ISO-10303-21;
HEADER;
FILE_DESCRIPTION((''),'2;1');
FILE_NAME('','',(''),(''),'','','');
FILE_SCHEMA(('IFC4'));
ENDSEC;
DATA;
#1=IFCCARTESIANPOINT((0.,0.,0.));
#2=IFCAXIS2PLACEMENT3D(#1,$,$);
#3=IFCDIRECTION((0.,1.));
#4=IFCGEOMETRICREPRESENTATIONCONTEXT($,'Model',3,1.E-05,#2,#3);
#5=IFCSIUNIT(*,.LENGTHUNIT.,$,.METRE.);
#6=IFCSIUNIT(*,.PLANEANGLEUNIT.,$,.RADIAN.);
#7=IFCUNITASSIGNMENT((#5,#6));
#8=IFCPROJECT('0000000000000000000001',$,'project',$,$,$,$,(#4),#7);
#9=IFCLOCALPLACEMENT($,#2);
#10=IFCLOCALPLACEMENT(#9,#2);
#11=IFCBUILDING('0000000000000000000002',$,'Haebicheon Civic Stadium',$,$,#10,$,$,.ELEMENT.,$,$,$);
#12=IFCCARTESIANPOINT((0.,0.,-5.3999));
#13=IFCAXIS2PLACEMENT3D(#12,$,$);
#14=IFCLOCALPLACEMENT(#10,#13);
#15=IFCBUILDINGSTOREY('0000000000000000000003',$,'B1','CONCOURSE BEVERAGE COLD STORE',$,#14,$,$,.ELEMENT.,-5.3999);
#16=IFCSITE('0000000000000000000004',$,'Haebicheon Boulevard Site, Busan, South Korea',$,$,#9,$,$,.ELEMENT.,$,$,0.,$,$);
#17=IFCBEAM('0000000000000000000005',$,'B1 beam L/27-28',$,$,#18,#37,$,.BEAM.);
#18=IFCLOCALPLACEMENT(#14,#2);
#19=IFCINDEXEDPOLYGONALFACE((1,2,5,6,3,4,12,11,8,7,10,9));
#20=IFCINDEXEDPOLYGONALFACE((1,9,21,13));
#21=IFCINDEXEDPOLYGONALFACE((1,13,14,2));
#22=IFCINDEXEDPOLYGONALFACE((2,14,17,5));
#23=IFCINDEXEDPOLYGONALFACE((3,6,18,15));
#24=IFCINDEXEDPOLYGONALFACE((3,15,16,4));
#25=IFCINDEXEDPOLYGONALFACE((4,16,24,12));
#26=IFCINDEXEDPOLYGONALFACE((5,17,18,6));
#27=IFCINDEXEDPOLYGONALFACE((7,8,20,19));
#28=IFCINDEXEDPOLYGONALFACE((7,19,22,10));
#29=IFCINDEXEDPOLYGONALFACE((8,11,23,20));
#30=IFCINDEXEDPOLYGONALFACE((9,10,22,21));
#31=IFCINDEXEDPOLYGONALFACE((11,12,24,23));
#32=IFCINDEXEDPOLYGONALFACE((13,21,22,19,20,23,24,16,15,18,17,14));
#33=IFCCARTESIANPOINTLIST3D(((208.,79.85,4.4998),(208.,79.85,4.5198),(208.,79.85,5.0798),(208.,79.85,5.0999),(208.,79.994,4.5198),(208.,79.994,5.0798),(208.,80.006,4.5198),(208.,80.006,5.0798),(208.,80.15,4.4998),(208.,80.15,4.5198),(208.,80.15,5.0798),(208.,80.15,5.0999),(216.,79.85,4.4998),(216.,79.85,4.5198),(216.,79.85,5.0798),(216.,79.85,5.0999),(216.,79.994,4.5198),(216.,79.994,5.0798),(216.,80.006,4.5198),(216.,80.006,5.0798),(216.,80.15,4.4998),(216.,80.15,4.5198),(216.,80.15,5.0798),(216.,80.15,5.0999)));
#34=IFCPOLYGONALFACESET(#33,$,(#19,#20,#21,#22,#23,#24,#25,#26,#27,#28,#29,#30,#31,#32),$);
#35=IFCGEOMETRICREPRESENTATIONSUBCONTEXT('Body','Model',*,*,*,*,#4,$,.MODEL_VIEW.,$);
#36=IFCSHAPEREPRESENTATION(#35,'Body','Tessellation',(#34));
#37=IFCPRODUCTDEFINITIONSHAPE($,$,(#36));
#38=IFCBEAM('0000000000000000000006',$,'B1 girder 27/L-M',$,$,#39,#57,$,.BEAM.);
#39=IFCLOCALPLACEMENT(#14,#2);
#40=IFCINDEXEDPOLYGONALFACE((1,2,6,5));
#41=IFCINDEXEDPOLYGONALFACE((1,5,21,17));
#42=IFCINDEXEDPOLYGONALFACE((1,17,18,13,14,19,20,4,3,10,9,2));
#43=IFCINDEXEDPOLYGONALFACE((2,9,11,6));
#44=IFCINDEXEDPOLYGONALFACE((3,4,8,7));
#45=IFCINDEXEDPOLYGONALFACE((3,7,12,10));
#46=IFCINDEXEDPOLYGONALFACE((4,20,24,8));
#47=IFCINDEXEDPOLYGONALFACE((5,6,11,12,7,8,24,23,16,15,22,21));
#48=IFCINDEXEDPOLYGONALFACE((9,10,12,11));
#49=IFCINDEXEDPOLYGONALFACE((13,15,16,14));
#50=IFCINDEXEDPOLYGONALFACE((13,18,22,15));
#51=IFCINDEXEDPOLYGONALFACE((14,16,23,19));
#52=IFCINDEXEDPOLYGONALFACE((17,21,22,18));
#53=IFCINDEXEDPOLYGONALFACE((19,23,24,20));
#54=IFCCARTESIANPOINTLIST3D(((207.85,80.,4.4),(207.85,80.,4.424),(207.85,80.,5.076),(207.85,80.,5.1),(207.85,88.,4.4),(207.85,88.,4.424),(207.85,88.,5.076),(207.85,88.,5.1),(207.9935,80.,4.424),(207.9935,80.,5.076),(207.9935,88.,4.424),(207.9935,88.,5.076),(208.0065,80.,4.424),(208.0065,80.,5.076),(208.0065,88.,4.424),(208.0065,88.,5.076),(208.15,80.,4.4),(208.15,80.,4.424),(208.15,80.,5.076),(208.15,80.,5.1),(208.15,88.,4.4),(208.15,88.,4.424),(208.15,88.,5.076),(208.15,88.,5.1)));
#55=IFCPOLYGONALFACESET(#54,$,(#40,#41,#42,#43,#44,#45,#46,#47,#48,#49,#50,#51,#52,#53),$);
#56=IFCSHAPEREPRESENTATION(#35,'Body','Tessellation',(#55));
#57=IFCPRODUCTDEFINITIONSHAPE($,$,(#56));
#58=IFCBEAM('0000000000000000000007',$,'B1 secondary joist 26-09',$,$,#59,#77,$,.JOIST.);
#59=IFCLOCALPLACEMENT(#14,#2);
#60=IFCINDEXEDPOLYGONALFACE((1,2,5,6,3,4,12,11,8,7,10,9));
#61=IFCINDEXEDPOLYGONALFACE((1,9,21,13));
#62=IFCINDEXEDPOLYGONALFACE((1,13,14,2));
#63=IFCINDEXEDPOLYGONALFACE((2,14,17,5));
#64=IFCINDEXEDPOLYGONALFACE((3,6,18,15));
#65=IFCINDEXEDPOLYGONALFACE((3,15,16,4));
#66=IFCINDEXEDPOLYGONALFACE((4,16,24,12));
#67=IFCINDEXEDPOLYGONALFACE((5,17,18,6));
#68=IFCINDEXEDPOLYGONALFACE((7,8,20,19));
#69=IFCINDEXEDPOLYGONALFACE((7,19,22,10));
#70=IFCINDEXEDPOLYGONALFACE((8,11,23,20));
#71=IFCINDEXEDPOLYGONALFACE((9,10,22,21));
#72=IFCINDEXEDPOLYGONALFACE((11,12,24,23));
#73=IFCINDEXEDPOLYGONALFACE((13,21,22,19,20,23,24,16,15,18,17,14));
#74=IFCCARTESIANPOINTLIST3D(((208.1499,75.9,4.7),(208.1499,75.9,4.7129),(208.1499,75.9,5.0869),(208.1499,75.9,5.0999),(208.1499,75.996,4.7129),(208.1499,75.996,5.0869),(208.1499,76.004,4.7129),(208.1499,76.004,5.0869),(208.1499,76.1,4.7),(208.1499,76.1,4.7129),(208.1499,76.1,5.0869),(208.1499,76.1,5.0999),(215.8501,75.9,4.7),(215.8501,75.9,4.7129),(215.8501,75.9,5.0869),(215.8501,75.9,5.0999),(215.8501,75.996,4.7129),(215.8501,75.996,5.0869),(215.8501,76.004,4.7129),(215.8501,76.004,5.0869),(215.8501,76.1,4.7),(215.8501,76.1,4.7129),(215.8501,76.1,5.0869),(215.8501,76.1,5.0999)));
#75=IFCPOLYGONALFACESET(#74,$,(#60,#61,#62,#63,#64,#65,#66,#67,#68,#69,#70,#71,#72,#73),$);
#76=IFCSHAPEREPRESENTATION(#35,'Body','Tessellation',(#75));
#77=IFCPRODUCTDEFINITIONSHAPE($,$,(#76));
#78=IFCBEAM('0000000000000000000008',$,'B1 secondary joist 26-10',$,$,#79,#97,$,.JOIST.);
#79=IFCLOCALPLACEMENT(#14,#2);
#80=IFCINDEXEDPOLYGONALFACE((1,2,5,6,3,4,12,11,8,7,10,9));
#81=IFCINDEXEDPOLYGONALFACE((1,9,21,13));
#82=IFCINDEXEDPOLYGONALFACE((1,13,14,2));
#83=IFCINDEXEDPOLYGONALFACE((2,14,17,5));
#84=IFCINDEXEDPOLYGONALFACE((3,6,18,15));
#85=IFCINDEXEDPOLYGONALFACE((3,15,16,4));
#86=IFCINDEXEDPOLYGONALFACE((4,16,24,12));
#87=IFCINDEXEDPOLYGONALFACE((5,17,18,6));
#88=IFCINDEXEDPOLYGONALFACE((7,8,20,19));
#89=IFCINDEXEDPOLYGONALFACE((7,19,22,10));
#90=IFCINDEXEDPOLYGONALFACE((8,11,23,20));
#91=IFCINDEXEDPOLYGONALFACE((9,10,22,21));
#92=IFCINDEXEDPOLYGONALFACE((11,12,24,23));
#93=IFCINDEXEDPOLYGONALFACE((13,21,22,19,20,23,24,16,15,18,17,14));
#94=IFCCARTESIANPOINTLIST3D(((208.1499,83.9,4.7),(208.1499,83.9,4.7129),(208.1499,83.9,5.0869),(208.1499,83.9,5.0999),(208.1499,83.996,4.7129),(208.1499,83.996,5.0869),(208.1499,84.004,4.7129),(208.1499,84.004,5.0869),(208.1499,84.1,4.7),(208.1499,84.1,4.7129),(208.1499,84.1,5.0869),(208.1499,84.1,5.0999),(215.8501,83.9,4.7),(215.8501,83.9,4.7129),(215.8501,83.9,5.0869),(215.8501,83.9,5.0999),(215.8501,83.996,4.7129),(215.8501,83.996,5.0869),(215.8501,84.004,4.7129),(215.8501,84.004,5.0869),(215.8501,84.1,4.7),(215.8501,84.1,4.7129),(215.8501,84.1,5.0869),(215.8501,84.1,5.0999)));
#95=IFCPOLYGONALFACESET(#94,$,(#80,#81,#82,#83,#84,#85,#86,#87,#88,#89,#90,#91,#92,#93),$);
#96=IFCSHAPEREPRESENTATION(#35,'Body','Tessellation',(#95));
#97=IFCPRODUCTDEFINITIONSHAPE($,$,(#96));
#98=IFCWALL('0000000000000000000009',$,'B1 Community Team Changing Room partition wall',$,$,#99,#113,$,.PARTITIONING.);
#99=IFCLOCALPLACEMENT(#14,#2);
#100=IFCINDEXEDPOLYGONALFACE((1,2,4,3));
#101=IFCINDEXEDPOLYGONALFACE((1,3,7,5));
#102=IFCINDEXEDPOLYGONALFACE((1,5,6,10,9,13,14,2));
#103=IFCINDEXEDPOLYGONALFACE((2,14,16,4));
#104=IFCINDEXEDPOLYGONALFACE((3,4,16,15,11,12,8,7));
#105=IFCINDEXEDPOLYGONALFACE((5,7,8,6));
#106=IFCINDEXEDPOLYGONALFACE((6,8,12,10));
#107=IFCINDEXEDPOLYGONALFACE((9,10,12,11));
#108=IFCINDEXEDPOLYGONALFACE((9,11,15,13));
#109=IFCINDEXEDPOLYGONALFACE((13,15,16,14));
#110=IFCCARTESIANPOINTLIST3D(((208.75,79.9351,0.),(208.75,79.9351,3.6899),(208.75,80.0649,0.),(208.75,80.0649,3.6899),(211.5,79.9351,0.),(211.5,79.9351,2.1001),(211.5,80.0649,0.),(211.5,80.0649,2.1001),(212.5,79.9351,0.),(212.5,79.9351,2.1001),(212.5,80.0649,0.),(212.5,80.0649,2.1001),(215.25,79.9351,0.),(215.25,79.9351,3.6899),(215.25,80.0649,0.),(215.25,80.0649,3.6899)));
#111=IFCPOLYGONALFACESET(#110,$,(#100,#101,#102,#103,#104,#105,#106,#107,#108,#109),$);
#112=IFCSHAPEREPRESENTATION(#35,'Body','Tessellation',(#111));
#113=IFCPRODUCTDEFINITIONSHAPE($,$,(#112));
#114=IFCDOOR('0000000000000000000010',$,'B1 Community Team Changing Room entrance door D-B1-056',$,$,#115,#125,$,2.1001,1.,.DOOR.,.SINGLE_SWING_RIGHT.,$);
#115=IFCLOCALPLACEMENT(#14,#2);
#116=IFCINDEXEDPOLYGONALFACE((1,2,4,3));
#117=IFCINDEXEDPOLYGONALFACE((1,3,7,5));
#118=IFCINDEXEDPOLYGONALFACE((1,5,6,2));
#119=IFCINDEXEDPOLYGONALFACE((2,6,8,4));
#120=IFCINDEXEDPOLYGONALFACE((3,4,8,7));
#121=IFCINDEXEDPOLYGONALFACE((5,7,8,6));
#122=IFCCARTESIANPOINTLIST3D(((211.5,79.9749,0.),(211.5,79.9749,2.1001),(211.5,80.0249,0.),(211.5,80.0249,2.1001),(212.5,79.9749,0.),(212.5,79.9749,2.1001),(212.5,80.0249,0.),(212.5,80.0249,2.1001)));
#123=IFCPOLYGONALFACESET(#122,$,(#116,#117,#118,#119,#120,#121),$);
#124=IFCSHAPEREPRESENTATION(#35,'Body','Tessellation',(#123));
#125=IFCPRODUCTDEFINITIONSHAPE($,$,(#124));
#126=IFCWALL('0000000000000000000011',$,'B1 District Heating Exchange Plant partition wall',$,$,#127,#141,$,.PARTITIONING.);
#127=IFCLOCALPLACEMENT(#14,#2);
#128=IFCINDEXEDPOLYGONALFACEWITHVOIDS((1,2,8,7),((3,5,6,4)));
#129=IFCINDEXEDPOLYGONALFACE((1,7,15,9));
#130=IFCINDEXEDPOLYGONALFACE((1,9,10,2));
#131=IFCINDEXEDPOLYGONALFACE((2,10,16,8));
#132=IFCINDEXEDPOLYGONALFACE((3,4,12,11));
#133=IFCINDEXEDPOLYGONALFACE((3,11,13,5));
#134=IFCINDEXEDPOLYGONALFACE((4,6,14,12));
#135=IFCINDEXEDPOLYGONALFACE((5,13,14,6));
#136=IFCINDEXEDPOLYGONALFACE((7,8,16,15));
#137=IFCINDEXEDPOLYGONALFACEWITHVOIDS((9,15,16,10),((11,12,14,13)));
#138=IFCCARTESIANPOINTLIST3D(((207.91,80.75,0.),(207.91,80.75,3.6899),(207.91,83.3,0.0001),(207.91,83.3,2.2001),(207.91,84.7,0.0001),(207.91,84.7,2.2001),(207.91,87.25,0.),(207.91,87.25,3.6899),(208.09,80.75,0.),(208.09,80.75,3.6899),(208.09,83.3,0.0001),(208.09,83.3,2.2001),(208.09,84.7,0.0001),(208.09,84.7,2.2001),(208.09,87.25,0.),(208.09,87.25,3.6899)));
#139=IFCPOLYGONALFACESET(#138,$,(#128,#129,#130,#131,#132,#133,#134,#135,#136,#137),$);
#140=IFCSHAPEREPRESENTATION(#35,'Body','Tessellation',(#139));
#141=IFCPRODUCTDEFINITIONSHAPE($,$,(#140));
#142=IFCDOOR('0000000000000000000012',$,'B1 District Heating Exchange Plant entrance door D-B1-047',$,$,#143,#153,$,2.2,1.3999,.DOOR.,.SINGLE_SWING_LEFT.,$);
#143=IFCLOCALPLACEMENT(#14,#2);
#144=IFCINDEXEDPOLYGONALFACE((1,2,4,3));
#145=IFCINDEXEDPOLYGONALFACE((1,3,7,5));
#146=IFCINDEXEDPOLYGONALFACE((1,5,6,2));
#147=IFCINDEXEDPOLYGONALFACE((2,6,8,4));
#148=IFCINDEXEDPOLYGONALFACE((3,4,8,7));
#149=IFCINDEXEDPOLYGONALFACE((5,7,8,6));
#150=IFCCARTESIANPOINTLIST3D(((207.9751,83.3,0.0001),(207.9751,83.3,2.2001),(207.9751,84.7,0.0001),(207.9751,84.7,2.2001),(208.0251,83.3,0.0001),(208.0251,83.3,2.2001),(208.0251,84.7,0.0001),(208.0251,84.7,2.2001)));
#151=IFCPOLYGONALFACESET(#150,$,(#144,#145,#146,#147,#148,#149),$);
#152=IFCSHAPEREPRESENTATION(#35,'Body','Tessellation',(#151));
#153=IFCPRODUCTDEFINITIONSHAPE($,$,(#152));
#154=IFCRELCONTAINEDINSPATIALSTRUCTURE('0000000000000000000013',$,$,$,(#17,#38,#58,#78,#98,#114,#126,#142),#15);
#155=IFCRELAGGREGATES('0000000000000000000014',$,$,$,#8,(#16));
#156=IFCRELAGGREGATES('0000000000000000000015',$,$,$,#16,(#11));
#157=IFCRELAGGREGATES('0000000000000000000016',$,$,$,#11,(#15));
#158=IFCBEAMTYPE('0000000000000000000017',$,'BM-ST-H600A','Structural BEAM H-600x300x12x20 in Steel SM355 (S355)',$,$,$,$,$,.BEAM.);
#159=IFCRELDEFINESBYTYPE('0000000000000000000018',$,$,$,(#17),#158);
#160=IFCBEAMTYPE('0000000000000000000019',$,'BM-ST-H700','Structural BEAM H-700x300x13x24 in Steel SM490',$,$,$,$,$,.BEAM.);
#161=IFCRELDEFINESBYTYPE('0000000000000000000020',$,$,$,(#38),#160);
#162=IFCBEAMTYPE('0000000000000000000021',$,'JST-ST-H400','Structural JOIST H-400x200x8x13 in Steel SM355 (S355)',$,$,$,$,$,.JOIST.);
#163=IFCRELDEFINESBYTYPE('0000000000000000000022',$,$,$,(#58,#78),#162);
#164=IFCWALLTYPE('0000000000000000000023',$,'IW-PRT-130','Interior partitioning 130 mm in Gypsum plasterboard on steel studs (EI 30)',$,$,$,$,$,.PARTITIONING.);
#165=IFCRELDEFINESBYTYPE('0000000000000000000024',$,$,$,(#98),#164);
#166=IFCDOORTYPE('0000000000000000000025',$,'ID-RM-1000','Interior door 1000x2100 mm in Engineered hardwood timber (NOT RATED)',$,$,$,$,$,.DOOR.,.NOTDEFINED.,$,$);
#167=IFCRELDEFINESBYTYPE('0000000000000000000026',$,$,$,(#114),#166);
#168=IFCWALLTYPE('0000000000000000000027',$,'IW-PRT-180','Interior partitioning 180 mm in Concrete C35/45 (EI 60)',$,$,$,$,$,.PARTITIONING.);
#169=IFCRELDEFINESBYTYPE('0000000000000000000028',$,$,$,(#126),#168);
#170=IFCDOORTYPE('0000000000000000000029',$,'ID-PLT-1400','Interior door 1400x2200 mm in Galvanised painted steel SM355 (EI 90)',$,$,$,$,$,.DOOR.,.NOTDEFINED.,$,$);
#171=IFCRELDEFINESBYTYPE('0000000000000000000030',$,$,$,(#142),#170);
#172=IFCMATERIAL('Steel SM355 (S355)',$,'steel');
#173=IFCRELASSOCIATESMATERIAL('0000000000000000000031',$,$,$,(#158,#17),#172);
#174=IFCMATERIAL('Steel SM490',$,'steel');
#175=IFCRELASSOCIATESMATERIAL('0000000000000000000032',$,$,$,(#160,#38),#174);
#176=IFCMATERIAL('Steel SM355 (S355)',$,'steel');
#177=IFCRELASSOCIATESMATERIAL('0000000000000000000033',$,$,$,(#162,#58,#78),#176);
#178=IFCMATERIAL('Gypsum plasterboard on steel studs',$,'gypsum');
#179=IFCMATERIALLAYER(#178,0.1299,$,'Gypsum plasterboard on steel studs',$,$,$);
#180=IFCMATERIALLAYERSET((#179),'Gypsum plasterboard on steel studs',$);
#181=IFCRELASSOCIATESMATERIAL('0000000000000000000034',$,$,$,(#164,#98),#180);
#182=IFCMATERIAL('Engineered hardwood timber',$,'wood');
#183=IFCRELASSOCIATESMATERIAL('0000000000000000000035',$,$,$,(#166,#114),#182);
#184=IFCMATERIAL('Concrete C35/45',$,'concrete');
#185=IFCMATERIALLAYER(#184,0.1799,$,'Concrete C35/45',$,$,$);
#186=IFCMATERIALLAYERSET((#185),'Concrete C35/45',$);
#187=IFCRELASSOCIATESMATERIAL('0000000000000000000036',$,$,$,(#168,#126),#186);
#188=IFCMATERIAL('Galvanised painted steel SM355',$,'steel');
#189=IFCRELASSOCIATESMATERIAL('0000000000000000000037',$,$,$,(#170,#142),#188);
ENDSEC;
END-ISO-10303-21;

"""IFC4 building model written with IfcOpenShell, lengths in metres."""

from ifc_helpers import new_model, si_unit, direction, frame, frame_2d, origin, origin_2d, place, context, subcontext, project, spatial, rectangle, i_section, extrude, material, layer, layer_set, material_profile, profile_set, type_object, element, fill, save


model = new_model("IFC4")

# Units and contexts
model_context = context("Model", 3, precision=1e-05, world=origin(), true_north=direction((0.0, 1.0)))
body_context = subcontext(model_context, "Body", "Model", "MODEL_VIEW")
ifc_project = project(units=[si_unit("LENGTHUNIT", "METRE"), si_unit("PLANEANGLEUNIT", "RADIAN")], contexts=[model_context])

# Site, building, storey
site_placement = place(None, origin())
site = spatial("IfcSite", under=ifc_project, at=site_placement, Name="Haebicheon Boulevard Site, Busan, South Korea", CompositionType="ELEMENT", RefElevation=0.0)
building_placement = place(site_placement, origin())
building = spatial("IfcBuilding", under=site, at=building_placement, Name="Haebicheon Civic Stadium", CompositionType="ELEMENT")
storey_placement = place(building_placement, frame((0.0, 0.0, -5.3999)))
storey = spatial("IfcBuildingStorey", under=building, at=storey_placement, Name="B1", Description="CONCOURSE BEVERAGE COLD STORE", CompositionType="ELEMENT", Elevation=-5.3999)

# Beams
ifc_material_1 = material(Name="Steel SM355 (S355)", Category="steel")
ifc_material_profile_1 = material_profile(ifc_material_1, i_section(OverallWidth=0.3, OverallDepth=0.6001, WebThickness=0.012, FlangeThickness=0.02, at=origin_2d()), Name="H-600x300x12x20")
ifc_profile_set_1 = profile_set([ifc_material_profile_1], Name="Steel SM355 (S355)")
beam_type_1 = type_object("IfcBeamType", Name="BM-ST-H600A", Description="Structural BEAM H-600x300x12x20 in Steel SM355 (S355)", PredefinedType="BEAM", material=ifc_profile_set_1)
beam_1_placement = place(storey_placement, frame((208.0, 80.0, 4.7998), z_axis=(1.0, 0.0, 0.0), x_axis=(0.0, 1.0, 0.0)))
element("IfcBeam", 1, at=beam_1_placement, inside=storey, type_object=beam_type_1, material=ifc_profile_set_1, Name="B1 beam L/27-28", PredefinedType="BEAM", context=body_context, shape_type="SweptSolid", body=[
    extrude(i_section(OverallWidth=0.3, OverallDepth=0.6001, WebThickness=0.012, FlangeThickness=0.02, at=origin_2d()), origin(), (0.0, 0.0, 1.0), 8.0),
])
ifc_material_2 = material(Name="Steel SM490", Category="steel")
ifc_material_profile_2 = material_profile(ifc_material_2, i_section(OverallWidth=0.3, OverallDepth=0.7, WebThickness=0.0129, FlangeThickness=0.0239, at=origin_2d()), Name="H-700x300x13x24")
ifc_profile_set_2 = profile_set([ifc_material_profile_2], Name="Steel SM490")
beam_type_2 = type_object("IfcBeamType", Name="BM-ST-H700", Description="Structural BEAM H-700x300x13x24 in Steel SM490", PredefinedType="BEAM", material=ifc_profile_set_2)
beam_2_placement = place(storey_placement, frame((208.0, 80.0, 4.75), z_axis=(0.0, 1.0, 0.0), x_axis=(-1.0, 0.0, 0.0)))
element("IfcBeam", 2, at=beam_2_placement, inside=storey, type_object=beam_type_2, material=ifc_profile_set_2, Name="B1 girder 27/L-M", PredefinedType="BEAM", context=body_context, shape_type="SweptSolid", body=[
    extrude(i_section(OverallWidth=0.3, OverallDepth=0.7, WebThickness=0.0129, FlangeThickness=0.0239, at=origin_2d()), origin(), (0.0, 0.0, 1.0), 8.0),
])
ifc_material_3 = material(Name="Steel SM355 (S355)", Category="steel")
ifc_material_profile_3 = material_profile(ifc_material_3, i_section(OverallWidth=0.2, OverallDepth=0.3999, WebThickness=0.0081, FlangeThickness=0.0129, at=origin_2d()), Name="H-400x200x8x13")
ifc_profile_set_3 = profile_set([ifc_material_profile_3], Name="Steel SM355 (S355)")
beam_type_3 = type_object("IfcBeamType", Name="JST-ST-H400", Description="Structural JOIST H-400x200x8x13 in Steel SM355 (S355)", PredefinedType="JOIST", material=ifc_profile_set_3)
for number, where, z_axis, x_axis, name in (
    (3, (208.1499, 76.0, 4.8999), (1.0, 0.0, 0.0), (0.0, 1.0, 0.0), "B1 secondary joist 26-09"),
    (4, (208.1499, 84.0, 4.8999), (1.0, 0.0, 0.0), (0.0, 1.0, 0.0), "B1 secondary joist 26-10"),
):
    element("IfcBeam", number, at=place(storey_placement, frame(where, z_axis=z_axis, x_axis=x_axis)), inside=storey, type_object=beam_type_3, material=ifc_profile_set_3, Name=name, PredefinedType="JOIST", context=body_context, shape_type="SweptSolid", body=[
        extrude(i_section(OverallWidth=0.2, OverallDepth=0.3999, WebThickness=0.0081, FlangeThickness=0.0129, at=origin_2d()), origin(), (0.0, 0.0, 1.0), 7.7002),
    ])

# Walls, openings, doors
ifc_material_4 = material(Name="Gypsum plasterboard on steel studs", Category="gypsum")
ifc_layer_1 = layer(ifc_material_4, 0.1299, Name="Gypsum plasterboard on steel studs")
ifc_layer_set_1 = layer_set([ifc_layer_1], Name="Gypsum plasterboard on steel studs")
wall_type_1 = type_object("IfcWallType", Name="IW-PRT-130", Description="Interior partitioning 130 mm in Gypsum plasterboard on steel studs (EI 30)", PredefinedType="PARTITIONING", material=ifc_layer_set_1)
wall_1_placement = place(storey_placement, frame((208.75, 80.0, 0.0), z_axis=(0.0, 0.0, 1.0), x_axis=(1.0, 0.0, 0.0)))
wall_1 = element("IfcWall", 5, at=wall_1_placement, inside=storey, type_object=wall_type_1, material=ifc_layer_set_1, Name="B1 Community Team Changing Room partition wall", PredefinedType="PARTITIONING", context=body_context, shape_type="SweptSolid", body=[
    extrude(rectangle(XDim=6.5, YDim=0.1299, at=frame_2d((3.25, 0.0))), origin(), (0.0, 0.0, 1.0), 3.6899),
])
opening_1_placement = place(wall_1_placement, frame((2.75, 0.0, 0.0)))
opening_1 = element("IfcOpeningElement", 6, at=opening_1_placement, cuts=wall_1, PredefinedType="OPENING", context=body_context, shape_type="SweptSolid", body=[
    extrude(rectangle(XDim=1.0, YDim=2.1001, at=frame_2d((0.5, 1.05))), frame((0.0, 0.075, 0.0), z_axis=(0.0, -1.0, 0.0), x_axis=(1.0, 0.0, 0.0)), (0.0, 0.0, 1.0), 0.1499),
])
ifc_material_5 = material(Name="Engineered hardwood timber", Category="wood")
door_type_1 = type_object("IfcDoorType", Name="ID-RM-1000", Description="Interior door 1000x2100 mm in Engineered hardwood timber (NOT RATED)", OperationType="NOTDEFINED", PredefinedType="DOOR", material=ifc_material_5)
door_1_placement = place(opening_1_placement, origin())
door_1 = element("IfcDoor", 7, at=door_1_placement, inside=storey, type_object=door_type_1, material=ifc_material_5, Name="B1 Community Team Changing Room entrance door D-B1-056", OperationType="SINGLE_SWING_RIGHT", OverallHeight=2.1001, OverallWidth=1.0, PredefinedType="DOOR", context=body_context, shape_type="SweptSolid", body=[
    extrude(rectangle(XDim=1.0, YDim=2.1001, at=frame_2d((0.5, 1.05))), frame((0.0, 0.0249, 0.0), z_axis=(0.0, -1.0, 0.0), x_axis=(1.0, 0.0, 0.0)), (0.0, 0.0, 1.0), 0.05),
])
fill(opening_1, door_1)
ifc_material_6 = material(Name="Concrete C35/45", Category="concrete")
ifc_layer_2 = layer(ifc_material_6, 0.1799, Name="Concrete C35/45")
ifc_layer_set_2 = layer_set([ifc_layer_2], Name="Concrete C35/45")
wall_type_2 = type_object("IfcWallType", Name="IW-PRT-180", Description="Interior partitioning 180 mm in Concrete C35/45 (EI 60)", PredefinedType="PARTITIONING", material=ifc_layer_set_2)
wall_2_placement = place(storey_placement, frame((208.0, 80.75, 0.0), z_axis=(0.0, 0.0, 1.0), x_axis=(0.0, 1.0, 0.0)))
wall_2 = element("IfcWall", 8, at=wall_2_placement, inside=storey, type_object=wall_type_2, material=ifc_layer_set_2, Name="B1 District Heating Exchange Plant partition wall", PredefinedType="PARTITIONING", context=body_context, shape_type="SweptSolid", body=[
    extrude(rectangle(XDim=6.5, YDim=0.1799, at=frame_2d((3.25, 0.0))), origin(), (0.0, 0.0, 1.0), 3.6899),
])
opening_2_placement = place(wall_2_placement, frame((2.55, 0.0, 0.0)))
opening_2 = element("IfcOpeningElement", 9, at=opening_2_placement, cuts=wall_2, PredefinedType="OPENING", context=body_context, shape_type="SweptSolid", body=[
    extrude(rectangle(XDim=1.3999, YDim=2.2, at=frame_2d((0.7, 1.1001))), frame((0.0, 0.0999, 0.0), z_axis=(0.0, -1.0, 0.0), x_axis=(1.0, 0.0, 0.0)), (0.0, 0.0, 1.0), 0.2),
])
ifc_material_7 = material(Name="Galvanised painted steel SM355", Category="steel")
door_type_2 = type_object("IfcDoorType", Name="ID-PLT-1400", Description="Interior door 1400x2200 mm in Galvanised painted steel SM355 (EI 90)", OperationType="NOTDEFINED", PredefinedType="DOOR", material=ifc_material_7)
door_2_placement = place(opening_2_placement, origin())
door_2 = element("IfcDoor", 10, at=door_2_placement, inside=storey, type_object=door_type_2, material=ifc_material_7, Name="B1 District Heating Exchange Plant entrance door D-B1-047", OperationType="SINGLE_SWING_LEFT", OverallHeight=2.2, OverallWidth=1.3999, PredefinedType="DOOR", context=body_context, shape_type="SweptSolid", body=[
    extrude(rectangle(XDim=1.3999, YDim=2.2, at=frame_2d((0.7, 1.1001))), frame((0.0, 0.0249, 0.0), z_axis=(0.0, -1.0, 0.0), x_axis=(1.0, 0.0, 0.0)), (0.0, 0.0, 1.0), 0.05),
])
fill(opening_2, door_2)

save(model, "model.ifc")
